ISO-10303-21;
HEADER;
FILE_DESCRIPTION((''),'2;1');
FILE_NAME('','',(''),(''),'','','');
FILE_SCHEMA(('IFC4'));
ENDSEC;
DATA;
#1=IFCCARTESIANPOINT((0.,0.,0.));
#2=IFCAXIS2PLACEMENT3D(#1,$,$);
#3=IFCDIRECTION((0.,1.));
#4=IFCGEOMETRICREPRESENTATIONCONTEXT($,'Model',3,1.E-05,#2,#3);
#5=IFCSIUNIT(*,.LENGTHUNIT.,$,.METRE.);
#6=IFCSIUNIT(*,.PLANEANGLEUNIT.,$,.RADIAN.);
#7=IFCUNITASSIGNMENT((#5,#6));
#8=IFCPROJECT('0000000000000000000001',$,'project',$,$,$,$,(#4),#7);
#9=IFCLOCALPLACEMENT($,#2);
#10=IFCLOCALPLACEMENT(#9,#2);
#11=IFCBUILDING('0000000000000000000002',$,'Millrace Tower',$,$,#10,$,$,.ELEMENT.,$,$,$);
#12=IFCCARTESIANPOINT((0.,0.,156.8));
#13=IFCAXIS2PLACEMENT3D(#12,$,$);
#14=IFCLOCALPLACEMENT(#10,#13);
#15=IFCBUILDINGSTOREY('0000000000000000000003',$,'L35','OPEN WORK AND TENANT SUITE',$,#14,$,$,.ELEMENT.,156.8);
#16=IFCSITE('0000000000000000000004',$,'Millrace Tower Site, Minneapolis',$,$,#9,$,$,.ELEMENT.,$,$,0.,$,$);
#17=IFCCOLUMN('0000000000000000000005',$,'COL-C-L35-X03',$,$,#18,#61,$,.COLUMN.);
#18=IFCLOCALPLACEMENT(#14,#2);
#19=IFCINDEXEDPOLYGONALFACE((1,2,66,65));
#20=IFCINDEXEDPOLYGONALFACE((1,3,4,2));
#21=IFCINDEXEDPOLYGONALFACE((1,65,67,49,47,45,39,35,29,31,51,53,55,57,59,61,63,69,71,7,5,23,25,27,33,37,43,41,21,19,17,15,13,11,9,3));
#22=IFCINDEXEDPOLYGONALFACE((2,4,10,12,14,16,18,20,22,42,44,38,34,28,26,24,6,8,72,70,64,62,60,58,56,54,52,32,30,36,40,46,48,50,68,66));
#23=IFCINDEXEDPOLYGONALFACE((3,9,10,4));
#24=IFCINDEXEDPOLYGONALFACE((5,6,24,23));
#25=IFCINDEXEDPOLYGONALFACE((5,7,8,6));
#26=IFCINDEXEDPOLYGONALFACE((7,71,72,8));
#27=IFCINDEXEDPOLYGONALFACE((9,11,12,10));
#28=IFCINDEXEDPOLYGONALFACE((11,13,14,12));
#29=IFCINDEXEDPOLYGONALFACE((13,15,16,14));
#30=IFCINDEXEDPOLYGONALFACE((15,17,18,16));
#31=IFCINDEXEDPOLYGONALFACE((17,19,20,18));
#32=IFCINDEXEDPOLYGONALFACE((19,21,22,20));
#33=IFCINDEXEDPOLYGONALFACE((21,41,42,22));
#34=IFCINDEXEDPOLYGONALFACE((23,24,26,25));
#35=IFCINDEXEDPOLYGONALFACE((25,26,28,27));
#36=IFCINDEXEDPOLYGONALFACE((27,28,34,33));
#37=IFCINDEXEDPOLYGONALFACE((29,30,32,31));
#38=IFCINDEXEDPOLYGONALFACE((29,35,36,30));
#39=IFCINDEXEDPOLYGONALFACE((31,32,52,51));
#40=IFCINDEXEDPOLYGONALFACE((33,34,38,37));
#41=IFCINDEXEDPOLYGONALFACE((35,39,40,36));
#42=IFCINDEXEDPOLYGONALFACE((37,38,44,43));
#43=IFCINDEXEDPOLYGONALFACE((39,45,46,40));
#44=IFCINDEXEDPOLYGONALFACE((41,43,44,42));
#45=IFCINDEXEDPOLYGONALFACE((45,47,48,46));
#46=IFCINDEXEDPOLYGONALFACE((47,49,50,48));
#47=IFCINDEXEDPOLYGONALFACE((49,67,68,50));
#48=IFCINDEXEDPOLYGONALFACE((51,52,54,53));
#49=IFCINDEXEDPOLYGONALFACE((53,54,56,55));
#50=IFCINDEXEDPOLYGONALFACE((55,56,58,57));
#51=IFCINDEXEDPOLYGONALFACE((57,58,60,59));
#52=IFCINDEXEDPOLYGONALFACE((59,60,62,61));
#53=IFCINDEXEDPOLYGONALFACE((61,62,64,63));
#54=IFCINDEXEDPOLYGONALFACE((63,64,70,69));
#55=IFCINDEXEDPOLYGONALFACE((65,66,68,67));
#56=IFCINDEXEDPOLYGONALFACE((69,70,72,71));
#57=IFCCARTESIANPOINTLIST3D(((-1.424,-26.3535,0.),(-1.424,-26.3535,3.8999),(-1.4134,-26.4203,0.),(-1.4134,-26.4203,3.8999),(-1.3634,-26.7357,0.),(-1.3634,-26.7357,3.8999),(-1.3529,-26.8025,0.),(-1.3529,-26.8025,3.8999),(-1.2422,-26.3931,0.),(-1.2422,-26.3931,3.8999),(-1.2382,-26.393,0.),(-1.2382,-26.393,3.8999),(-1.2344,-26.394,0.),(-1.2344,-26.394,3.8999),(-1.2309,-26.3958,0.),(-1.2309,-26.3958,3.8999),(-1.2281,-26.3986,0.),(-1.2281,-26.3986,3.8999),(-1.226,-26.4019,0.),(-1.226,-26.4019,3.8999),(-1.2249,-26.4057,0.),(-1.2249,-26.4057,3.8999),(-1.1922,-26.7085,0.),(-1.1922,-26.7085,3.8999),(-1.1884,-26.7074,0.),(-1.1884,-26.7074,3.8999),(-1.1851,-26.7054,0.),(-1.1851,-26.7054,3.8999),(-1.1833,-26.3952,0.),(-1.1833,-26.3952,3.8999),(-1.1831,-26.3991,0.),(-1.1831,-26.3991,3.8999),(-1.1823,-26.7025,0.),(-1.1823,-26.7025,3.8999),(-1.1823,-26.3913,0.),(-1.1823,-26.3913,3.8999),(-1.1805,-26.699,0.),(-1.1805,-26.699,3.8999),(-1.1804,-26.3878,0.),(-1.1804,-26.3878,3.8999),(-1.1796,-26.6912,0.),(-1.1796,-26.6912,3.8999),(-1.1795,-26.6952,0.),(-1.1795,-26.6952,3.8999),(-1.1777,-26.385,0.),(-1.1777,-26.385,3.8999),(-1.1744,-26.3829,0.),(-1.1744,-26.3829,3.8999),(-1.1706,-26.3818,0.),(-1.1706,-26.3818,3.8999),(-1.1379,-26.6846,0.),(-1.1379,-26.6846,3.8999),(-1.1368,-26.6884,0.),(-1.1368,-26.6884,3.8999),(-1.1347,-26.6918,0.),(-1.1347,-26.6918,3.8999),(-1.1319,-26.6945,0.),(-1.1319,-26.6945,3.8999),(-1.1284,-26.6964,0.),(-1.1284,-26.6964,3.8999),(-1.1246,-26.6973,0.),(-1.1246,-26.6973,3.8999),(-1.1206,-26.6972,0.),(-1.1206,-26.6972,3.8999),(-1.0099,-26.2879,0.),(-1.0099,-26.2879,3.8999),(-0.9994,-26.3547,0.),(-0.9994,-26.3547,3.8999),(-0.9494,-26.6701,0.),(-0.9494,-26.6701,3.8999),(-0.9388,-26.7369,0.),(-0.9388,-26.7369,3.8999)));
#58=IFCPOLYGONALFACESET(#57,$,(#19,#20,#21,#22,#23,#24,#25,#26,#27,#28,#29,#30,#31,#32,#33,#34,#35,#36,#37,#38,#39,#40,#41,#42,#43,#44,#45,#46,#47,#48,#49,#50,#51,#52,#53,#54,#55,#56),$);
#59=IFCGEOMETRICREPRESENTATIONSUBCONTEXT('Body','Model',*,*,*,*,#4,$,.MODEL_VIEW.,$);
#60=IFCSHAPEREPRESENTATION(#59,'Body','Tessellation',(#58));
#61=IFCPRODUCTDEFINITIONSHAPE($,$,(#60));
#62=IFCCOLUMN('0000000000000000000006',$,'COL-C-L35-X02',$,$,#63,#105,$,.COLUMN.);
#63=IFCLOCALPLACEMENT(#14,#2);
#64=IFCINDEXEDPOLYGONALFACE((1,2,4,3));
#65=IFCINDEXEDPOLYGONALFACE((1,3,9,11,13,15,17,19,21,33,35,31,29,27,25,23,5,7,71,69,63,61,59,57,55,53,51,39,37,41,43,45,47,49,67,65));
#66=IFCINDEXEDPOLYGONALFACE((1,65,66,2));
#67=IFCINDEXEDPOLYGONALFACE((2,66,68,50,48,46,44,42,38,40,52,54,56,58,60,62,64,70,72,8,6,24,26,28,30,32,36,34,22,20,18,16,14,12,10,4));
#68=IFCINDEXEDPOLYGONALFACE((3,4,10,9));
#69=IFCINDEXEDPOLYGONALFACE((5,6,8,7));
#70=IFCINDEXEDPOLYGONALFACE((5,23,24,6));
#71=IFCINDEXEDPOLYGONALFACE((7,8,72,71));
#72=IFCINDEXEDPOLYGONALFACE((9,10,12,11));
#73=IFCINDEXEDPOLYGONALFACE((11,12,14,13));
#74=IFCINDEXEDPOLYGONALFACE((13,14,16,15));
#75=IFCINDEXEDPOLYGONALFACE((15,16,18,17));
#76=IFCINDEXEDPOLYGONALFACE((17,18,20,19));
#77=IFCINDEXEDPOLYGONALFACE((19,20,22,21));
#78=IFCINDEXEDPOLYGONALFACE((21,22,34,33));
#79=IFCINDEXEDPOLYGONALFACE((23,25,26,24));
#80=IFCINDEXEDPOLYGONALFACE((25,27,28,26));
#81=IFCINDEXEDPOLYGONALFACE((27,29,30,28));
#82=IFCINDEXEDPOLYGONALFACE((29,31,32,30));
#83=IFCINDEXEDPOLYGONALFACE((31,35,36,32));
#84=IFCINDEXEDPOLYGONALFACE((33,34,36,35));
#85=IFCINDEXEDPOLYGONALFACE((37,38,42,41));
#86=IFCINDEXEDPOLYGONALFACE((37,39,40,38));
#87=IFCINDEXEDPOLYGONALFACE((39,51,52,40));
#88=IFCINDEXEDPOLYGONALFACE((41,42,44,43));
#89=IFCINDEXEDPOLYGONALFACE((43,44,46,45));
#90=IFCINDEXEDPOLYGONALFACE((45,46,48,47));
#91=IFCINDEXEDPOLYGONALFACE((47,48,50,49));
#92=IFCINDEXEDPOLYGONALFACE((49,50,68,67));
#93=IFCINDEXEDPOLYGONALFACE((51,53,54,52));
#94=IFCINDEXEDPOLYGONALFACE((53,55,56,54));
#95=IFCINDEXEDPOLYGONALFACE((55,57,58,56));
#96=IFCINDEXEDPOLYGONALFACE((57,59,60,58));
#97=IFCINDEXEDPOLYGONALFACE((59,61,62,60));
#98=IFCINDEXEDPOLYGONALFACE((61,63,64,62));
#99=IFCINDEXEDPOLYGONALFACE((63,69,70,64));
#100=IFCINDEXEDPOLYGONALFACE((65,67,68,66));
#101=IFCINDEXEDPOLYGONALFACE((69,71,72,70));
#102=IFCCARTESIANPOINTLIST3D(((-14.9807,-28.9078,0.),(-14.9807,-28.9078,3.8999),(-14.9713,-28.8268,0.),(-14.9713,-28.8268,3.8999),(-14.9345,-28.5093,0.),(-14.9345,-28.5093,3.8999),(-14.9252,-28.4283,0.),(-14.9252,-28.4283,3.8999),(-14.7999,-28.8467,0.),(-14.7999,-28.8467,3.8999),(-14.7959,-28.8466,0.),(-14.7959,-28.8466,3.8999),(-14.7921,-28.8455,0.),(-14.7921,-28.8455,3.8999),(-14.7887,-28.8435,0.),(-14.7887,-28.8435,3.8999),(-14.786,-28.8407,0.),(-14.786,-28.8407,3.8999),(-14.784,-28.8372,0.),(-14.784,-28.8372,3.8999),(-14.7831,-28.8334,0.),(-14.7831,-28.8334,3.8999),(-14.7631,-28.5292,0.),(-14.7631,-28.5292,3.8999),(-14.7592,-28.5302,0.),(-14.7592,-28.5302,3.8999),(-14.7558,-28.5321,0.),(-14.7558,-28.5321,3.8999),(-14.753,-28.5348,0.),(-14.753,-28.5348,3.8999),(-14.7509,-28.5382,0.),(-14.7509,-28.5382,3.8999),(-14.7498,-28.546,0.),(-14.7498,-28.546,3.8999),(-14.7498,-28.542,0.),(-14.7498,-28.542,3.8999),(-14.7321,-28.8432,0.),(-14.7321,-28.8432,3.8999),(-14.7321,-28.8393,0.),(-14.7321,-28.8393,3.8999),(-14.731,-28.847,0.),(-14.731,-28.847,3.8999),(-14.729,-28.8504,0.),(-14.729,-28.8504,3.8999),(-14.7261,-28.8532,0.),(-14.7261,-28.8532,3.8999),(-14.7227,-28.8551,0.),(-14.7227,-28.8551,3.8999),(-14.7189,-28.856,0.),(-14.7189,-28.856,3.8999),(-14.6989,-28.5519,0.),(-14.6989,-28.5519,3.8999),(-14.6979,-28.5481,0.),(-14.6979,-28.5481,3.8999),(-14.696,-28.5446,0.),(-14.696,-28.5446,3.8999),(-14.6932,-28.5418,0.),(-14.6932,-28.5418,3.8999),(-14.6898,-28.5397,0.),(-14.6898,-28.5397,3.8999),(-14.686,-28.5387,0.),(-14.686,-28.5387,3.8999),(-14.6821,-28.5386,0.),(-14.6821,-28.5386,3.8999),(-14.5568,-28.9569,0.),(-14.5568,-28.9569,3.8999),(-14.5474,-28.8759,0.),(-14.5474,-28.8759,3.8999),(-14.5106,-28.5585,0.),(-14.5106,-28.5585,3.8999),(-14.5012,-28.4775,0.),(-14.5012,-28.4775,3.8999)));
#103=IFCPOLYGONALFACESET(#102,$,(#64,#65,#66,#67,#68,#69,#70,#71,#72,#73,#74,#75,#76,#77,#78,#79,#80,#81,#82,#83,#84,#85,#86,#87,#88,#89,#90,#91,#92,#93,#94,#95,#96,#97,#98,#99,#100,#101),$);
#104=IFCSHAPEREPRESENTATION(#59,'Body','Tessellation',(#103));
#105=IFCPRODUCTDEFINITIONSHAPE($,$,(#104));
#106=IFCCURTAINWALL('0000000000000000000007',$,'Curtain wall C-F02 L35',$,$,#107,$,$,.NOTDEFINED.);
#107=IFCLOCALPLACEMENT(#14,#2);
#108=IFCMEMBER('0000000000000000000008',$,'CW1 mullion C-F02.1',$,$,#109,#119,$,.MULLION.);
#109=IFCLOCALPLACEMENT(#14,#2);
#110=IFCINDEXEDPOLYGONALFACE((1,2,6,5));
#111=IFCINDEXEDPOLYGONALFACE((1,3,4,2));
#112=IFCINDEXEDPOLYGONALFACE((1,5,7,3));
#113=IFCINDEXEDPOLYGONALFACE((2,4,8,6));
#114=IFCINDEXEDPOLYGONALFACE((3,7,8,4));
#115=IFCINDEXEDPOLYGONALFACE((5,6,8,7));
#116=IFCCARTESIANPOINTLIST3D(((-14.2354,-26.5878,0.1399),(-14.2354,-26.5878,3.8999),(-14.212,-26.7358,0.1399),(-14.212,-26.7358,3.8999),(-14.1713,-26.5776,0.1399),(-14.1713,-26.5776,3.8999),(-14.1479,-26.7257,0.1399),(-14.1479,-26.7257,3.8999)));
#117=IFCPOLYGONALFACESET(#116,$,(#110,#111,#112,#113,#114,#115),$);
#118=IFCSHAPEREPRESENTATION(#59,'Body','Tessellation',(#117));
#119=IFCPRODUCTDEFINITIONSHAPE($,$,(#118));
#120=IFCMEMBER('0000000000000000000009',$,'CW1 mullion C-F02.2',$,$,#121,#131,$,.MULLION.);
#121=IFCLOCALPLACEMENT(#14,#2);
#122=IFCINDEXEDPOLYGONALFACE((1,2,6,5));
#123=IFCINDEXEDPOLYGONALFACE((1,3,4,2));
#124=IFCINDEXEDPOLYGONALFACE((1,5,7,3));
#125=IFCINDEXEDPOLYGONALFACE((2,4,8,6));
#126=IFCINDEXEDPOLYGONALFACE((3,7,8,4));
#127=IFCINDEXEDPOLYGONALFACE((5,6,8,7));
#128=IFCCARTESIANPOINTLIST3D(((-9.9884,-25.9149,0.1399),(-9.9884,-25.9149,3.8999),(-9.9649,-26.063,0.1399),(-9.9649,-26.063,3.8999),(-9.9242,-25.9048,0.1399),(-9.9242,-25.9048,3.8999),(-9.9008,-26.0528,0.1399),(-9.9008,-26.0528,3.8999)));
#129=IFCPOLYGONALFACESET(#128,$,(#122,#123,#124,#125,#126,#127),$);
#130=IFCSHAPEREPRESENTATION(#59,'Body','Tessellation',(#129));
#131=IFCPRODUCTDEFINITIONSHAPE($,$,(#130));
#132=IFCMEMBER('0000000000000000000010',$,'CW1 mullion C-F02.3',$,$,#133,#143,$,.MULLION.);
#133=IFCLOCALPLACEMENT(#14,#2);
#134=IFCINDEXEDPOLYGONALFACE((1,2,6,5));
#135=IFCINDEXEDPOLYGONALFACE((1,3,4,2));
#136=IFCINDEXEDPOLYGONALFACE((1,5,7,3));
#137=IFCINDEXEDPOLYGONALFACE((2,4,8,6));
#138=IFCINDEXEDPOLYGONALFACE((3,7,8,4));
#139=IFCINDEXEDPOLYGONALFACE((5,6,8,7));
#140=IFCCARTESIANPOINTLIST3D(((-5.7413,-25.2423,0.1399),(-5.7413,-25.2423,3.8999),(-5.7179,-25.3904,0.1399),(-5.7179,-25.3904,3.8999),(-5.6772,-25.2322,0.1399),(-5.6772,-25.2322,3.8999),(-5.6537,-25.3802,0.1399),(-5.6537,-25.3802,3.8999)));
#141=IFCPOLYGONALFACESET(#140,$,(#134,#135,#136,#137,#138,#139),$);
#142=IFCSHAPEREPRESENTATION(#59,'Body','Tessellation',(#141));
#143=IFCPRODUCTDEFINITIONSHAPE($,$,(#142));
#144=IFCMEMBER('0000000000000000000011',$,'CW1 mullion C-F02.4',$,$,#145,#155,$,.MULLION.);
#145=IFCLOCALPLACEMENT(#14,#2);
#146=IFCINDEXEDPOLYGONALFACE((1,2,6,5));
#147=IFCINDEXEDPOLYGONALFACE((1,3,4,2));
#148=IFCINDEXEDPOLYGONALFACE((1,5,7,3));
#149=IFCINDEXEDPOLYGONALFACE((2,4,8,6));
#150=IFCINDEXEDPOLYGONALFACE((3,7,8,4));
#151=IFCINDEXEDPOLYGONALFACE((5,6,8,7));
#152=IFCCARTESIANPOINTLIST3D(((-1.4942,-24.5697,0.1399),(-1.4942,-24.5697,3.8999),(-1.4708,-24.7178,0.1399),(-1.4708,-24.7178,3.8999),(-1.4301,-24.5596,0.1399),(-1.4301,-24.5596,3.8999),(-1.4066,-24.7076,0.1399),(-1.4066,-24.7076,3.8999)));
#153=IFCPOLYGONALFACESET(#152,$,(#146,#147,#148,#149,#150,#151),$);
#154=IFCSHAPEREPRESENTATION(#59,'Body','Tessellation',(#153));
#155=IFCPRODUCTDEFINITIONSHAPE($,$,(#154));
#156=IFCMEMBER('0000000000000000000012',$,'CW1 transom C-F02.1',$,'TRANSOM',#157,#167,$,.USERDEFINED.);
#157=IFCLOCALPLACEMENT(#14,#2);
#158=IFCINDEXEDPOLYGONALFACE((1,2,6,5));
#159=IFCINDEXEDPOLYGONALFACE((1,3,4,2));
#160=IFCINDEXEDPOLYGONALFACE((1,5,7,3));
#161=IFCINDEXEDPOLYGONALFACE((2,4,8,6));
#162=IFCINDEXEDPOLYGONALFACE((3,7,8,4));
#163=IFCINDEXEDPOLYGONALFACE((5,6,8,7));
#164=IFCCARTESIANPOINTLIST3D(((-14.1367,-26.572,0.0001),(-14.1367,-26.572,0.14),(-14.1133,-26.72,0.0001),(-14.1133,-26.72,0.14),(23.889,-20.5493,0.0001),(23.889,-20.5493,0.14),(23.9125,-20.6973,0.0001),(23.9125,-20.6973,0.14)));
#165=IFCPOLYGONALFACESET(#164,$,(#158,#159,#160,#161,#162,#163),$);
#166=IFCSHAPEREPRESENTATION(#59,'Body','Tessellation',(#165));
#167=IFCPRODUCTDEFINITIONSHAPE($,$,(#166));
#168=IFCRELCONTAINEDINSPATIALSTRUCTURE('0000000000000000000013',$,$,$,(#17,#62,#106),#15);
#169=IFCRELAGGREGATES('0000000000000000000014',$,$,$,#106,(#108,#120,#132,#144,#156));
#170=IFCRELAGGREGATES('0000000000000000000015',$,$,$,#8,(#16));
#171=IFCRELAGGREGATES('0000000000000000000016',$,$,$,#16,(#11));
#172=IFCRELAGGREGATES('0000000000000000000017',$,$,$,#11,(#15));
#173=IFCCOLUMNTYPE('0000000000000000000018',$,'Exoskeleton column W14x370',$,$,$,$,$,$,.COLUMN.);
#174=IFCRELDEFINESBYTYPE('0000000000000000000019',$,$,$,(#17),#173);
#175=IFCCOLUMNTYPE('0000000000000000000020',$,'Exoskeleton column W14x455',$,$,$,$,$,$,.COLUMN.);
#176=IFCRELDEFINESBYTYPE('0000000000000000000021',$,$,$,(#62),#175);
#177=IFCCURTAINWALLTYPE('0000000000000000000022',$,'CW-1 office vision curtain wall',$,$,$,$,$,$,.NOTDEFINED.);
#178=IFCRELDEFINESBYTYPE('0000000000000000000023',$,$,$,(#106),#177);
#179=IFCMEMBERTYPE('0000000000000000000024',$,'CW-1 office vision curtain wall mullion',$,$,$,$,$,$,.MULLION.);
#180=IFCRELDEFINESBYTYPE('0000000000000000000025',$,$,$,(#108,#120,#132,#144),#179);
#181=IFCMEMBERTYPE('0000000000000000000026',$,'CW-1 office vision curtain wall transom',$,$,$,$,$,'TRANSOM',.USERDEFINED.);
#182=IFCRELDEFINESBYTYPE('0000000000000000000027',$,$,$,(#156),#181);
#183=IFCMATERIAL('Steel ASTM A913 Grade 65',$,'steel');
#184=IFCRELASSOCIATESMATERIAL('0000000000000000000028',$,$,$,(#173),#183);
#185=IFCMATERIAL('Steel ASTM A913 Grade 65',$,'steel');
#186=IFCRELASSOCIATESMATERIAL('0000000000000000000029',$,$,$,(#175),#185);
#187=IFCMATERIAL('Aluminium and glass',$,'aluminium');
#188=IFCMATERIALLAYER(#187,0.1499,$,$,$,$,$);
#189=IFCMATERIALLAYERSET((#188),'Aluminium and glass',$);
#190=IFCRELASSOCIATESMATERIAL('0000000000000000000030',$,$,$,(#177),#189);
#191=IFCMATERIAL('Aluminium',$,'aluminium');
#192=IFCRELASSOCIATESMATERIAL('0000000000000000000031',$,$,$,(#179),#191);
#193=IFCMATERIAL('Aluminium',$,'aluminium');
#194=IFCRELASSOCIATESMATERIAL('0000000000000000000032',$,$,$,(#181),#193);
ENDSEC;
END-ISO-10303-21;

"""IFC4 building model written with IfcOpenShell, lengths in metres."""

from ifc_helpers import new_model, si_unit, direction, frame, origin, origin_2d, place, context, subcontext, project, spatial, rectangle, i_section, extrude, material, layer, layer_set, material_profile, profile_set, type_object, element, aggregate, save


model = new_model("IFC4")

# Units and contexts
model_context = context("Model", 3, precision=1e-05, world=origin(), true_north=direction((0.0, 1.0)))
body_context = subcontext(model_context, "Body", "Model", "MODEL_VIEW")
ifc_project = project(units=[si_unit("LENGTHUNIT", "METRE"), si_unit("PLANEANGLEUNIT", "RADIAN")], contexts=[model_context])

# Site, building, storey
site_placement = place(None, origin())
site = spatial("IfcSite", under=ifc_project, at=site_placement, Name="Millrace Tower Site, Minneapolis", CompositionType="ELEMENT", RefElevation=0.0)
building_placement = place(site_placement, origin())
building = spatial("IfcBuilding", under=site, at=building_placement, Name="Millrace Tower", CompositionType="ELEMENT")
storey_placement = place(building_placement, frame((0.0, 0.0, 156.8)))
storey = spatial("IfcBuildingStorey", under=building, at=storey_placement, Name="L35", Description="OPEN WORK AND TENANT SUITE", CompositionType="ELEMENT", Elevation=156.8)

# Columns
ifc_material_1 = material(Name="Steel ASTM A913 Grade 65", Category="steel")
ifc_material_profile_1 = material_profile(ifc_material_1, i_section(OverallWidth=0.4192, OverallDepth=0.4546, WebThickness=0.0422, FlangeThickness=0.0676, FilletRadius=0.0151, at=origin_2d()))
ifc_profile_set_1 = profile_set([ifc_material_profile_1], Name="Steel ASTM A913 Grade 65")
column_type_1 = type_object("IfcColumnType", Name="Exoskeleton column W14x370", PredefinedType="COLUMN", material=ifc_profile_set_1)
column_1_placement = place(storey_placement, frame((-1.1814, -26.5452, 0.0), z_axis=(0.0, 0.0, 1.0), x_axis=(0.987688, 0.156434, 0.0)))
element("IfcColumn", 1, at=column_1_placement, inside=storey, type_object=column_type_1, Name="COL-C-L35-X03", PredefinedType="COLUMN", context=body_context, shape_type="SweptSolid", body=[
    extrude(i_section(OverallWidth=0.4192, OverallDepth=0.4546, WebThickness=0.0422, FlangeThickness=0.0676, FilletRadius=0.0151, at=origin_2d()), origin(), (0.0, 0.0, 1.0), 3.8999),
])
ifc_material_2 = material(Name="Steel ASTM A913 Grade 65", Category="steel")
ifc_material_profile_2 = material_profile(ifc_material_2, i_section(OverallWidth=0.4268, OverallDepth=0.4827, WebThickness=0.0513, FlangeThickness=0.0815, FilletRadius=0.0151, at=origin_2d()))
ifc_profile_set_2 = profile_set([ifc_material_profile_2], Name="Steel ASTM A913 Grade 65")
column_type_2 = type_object("IfcColumnType", Name="Exoskeleton column W14x455", PredefinedType="COLUMN", material=ifc_profile_set_2)
column_2_placement = place(storey_placement, frame((-14.741, -28.6926, 0.0), z_axis=(0.0, 0.0, 1.0), x_axis=(0.993358, -0.115069, 0.0)))
element("IfcColumn", 2, at=column_2_placement, inside=storey, type_object=column_type_2, Name="COL-C-L35-X02", PredefinedType="COLUMN", context=body_context, shape_type="SweptSolid", body=[
    extrude(i_section(OverallWidth=0.4268, OverallDepth=0.4827, WebThickness=0.0513, FlangeThickness=0.0815, FilletRadius=0.0151, at=origin_2d()), origin(), (0.0, 0.0, 1.0), 3.8999),
])

# Curtain wall, members
ifc_material_3 = material(Name="Aluminium and glass", Category="aluminium")
ifc_layer_1 = layer(ifc_material_3, 0.1499)
ifc_layer_set_1 = layer_set([ifc_layer_1], Name="Aluminium and glass")
curtain_wall_type = type_object("IfcCurtainWallType", Name="CW-1 office vision curtain wall", PredefinedType="NOTDEFINED", material=ifc_layer_set_1)
curtain_wall_placement = place(storey_placement, origin())
curtain_wall = element("IfcCurtainWall", 3, at=curtain_wall_placement, inside=storey, type_object=curtain_wall_type, Name="Curtain wall C-F02 L35", PredefinedType="NOTDEFINED")
ifc_material_4 = material(Name="Aluminium", Category="aluminium")
ifc_material_profile_3 = material_profile(ifc_material_4, rectangle(XDim=0.0649, YDim=0.1499, at=origin_2d()))
ifc_profile_set_3 = profile_set([ifc_material_profile_3], Name="Aluminium")
member_type_1 = type_object("IfcMemberType", Name="CW-1 office vision curtain wall mullion", PredefinedType="MULLION", material=ifc_profile_set_3)
member_1_placement = place(storey_placement, frame((-14.1917, -26.6567, 0.1399), z_axis=(0.0, 0.0, 1.0), x_axis=(0.987688, 0.156434, 0.0)))
member_1 = element("IfcMember", 4, at=member_1_placement, type_object=member_type_1, Name="CW1 mullion C-F02.1", PredefinedType="MULLION", context=body_context, shape_type="SweptSolid", body=[
    extrude(rectangle(XDim=0.0649, YDim=0.1499, at=origin_2d()), origin(), (0.0, 0.0, 1.0), 3.76),
])
member_2_placement = place(storey_placement, frame((-9.9446, -25.9839, 0.1399), z_axis=(0.0, 0.0, 1.0), x_axis=(0.987688, 0.156434, 0.0)))
member_2 = element("IfcMember", 5, at=member_2_placement, type_object=member_type_1, Name="CW1 mullion C-F02.2", PredefinedType="MULLION", context=body_context, shape_type="SweptSolid", body=[
    extrude(rectangle(XDim=0.0649, YDim=0.1499, at=origin_2d()), origin(), (0.0, 0.0, 1.0), 3.76),
])
member_3_placement = place(storey_placement, frame((-5.6975, -25.3113, 0.1399), z_axis=(0.0, 0.0, 1.0), x_axis=(0.987688, 0.156434, 0.0)))
member_3 = element("IfcMember", 6, at=member_3_placement, type_object=member_type_1, Name="CW1 mullion C-F02.3", PredefinedType="MULLION", context=body_context, shape_type="SweptSolid", body=[
    extrude(rectangle(XDim=0.0649, YDim=0.1499, at=origin_2d()), origin(), (0.0, 0.0, 1.0), 3.76),
])
member_4_placement = place(storey_placement, frame((-1.4504, -24.6387, 0.1399), z_axis=(0.0, 0.0, 1.0), x_axis=(0.987688, 0.156434, 0.0)))
member_4 = element("IfcMember", 7, at=member_4_placement, type_object=member_type_1, Name="CW1 mullion C-F02.4", PredefinedType="MULLION", context=body_context, shape_type="SweptSolid", body=[
    extrude(rectangle(XDim=0.0649, YDim=0.1499, at=origin_2d()), origin(), (0.0, 0.0, 1.0), 3.76),
])
ifc_material_5 = material(Name="Aluminium", Category="aluminium")
ifc_material_profile_4 = material_profile(ifc_material_5, rectangle(XDim=0.1499, YDim=0.1399, at=origin_2d()))
ifc_profile_set_4 = profile_set([ifc_material_profile_4], Name="Aluminium")
member_type_2 = type_object("IfcMemberType", Name="CW-1 office vision curtain wall transom", ElementType="TRANSOM", PredefinedType="USERDEFINED", material=ifc_profile_set_4)
member_5_placement = place(storey_placement, frame((-14.125, -26.646, 0.0701), z_axis=(0.987688, 0.156434, 0.0), x_axis=(-0.156434, 0.987688, 0.0)))
member_5 = element("IfcMember", 8, at=member_5_placement, type_object=member_type_2, Name="CW1 transom C-F02.1", ObjectType="TRANSOM", PredefinedType="USERDEFINED", context=body_context, shape_type="SweptSolid", body=[
    extrude(rectangle(XDim=0.1499, YDim=0.1399, at=origin_2d()), origin(), (0.0, 0.0, 1.0), 38.4998),
])
aggregate(curtain_wall, [member_1, member_2, member_3, member_4, member_5])

save(model, "model.ifc")
